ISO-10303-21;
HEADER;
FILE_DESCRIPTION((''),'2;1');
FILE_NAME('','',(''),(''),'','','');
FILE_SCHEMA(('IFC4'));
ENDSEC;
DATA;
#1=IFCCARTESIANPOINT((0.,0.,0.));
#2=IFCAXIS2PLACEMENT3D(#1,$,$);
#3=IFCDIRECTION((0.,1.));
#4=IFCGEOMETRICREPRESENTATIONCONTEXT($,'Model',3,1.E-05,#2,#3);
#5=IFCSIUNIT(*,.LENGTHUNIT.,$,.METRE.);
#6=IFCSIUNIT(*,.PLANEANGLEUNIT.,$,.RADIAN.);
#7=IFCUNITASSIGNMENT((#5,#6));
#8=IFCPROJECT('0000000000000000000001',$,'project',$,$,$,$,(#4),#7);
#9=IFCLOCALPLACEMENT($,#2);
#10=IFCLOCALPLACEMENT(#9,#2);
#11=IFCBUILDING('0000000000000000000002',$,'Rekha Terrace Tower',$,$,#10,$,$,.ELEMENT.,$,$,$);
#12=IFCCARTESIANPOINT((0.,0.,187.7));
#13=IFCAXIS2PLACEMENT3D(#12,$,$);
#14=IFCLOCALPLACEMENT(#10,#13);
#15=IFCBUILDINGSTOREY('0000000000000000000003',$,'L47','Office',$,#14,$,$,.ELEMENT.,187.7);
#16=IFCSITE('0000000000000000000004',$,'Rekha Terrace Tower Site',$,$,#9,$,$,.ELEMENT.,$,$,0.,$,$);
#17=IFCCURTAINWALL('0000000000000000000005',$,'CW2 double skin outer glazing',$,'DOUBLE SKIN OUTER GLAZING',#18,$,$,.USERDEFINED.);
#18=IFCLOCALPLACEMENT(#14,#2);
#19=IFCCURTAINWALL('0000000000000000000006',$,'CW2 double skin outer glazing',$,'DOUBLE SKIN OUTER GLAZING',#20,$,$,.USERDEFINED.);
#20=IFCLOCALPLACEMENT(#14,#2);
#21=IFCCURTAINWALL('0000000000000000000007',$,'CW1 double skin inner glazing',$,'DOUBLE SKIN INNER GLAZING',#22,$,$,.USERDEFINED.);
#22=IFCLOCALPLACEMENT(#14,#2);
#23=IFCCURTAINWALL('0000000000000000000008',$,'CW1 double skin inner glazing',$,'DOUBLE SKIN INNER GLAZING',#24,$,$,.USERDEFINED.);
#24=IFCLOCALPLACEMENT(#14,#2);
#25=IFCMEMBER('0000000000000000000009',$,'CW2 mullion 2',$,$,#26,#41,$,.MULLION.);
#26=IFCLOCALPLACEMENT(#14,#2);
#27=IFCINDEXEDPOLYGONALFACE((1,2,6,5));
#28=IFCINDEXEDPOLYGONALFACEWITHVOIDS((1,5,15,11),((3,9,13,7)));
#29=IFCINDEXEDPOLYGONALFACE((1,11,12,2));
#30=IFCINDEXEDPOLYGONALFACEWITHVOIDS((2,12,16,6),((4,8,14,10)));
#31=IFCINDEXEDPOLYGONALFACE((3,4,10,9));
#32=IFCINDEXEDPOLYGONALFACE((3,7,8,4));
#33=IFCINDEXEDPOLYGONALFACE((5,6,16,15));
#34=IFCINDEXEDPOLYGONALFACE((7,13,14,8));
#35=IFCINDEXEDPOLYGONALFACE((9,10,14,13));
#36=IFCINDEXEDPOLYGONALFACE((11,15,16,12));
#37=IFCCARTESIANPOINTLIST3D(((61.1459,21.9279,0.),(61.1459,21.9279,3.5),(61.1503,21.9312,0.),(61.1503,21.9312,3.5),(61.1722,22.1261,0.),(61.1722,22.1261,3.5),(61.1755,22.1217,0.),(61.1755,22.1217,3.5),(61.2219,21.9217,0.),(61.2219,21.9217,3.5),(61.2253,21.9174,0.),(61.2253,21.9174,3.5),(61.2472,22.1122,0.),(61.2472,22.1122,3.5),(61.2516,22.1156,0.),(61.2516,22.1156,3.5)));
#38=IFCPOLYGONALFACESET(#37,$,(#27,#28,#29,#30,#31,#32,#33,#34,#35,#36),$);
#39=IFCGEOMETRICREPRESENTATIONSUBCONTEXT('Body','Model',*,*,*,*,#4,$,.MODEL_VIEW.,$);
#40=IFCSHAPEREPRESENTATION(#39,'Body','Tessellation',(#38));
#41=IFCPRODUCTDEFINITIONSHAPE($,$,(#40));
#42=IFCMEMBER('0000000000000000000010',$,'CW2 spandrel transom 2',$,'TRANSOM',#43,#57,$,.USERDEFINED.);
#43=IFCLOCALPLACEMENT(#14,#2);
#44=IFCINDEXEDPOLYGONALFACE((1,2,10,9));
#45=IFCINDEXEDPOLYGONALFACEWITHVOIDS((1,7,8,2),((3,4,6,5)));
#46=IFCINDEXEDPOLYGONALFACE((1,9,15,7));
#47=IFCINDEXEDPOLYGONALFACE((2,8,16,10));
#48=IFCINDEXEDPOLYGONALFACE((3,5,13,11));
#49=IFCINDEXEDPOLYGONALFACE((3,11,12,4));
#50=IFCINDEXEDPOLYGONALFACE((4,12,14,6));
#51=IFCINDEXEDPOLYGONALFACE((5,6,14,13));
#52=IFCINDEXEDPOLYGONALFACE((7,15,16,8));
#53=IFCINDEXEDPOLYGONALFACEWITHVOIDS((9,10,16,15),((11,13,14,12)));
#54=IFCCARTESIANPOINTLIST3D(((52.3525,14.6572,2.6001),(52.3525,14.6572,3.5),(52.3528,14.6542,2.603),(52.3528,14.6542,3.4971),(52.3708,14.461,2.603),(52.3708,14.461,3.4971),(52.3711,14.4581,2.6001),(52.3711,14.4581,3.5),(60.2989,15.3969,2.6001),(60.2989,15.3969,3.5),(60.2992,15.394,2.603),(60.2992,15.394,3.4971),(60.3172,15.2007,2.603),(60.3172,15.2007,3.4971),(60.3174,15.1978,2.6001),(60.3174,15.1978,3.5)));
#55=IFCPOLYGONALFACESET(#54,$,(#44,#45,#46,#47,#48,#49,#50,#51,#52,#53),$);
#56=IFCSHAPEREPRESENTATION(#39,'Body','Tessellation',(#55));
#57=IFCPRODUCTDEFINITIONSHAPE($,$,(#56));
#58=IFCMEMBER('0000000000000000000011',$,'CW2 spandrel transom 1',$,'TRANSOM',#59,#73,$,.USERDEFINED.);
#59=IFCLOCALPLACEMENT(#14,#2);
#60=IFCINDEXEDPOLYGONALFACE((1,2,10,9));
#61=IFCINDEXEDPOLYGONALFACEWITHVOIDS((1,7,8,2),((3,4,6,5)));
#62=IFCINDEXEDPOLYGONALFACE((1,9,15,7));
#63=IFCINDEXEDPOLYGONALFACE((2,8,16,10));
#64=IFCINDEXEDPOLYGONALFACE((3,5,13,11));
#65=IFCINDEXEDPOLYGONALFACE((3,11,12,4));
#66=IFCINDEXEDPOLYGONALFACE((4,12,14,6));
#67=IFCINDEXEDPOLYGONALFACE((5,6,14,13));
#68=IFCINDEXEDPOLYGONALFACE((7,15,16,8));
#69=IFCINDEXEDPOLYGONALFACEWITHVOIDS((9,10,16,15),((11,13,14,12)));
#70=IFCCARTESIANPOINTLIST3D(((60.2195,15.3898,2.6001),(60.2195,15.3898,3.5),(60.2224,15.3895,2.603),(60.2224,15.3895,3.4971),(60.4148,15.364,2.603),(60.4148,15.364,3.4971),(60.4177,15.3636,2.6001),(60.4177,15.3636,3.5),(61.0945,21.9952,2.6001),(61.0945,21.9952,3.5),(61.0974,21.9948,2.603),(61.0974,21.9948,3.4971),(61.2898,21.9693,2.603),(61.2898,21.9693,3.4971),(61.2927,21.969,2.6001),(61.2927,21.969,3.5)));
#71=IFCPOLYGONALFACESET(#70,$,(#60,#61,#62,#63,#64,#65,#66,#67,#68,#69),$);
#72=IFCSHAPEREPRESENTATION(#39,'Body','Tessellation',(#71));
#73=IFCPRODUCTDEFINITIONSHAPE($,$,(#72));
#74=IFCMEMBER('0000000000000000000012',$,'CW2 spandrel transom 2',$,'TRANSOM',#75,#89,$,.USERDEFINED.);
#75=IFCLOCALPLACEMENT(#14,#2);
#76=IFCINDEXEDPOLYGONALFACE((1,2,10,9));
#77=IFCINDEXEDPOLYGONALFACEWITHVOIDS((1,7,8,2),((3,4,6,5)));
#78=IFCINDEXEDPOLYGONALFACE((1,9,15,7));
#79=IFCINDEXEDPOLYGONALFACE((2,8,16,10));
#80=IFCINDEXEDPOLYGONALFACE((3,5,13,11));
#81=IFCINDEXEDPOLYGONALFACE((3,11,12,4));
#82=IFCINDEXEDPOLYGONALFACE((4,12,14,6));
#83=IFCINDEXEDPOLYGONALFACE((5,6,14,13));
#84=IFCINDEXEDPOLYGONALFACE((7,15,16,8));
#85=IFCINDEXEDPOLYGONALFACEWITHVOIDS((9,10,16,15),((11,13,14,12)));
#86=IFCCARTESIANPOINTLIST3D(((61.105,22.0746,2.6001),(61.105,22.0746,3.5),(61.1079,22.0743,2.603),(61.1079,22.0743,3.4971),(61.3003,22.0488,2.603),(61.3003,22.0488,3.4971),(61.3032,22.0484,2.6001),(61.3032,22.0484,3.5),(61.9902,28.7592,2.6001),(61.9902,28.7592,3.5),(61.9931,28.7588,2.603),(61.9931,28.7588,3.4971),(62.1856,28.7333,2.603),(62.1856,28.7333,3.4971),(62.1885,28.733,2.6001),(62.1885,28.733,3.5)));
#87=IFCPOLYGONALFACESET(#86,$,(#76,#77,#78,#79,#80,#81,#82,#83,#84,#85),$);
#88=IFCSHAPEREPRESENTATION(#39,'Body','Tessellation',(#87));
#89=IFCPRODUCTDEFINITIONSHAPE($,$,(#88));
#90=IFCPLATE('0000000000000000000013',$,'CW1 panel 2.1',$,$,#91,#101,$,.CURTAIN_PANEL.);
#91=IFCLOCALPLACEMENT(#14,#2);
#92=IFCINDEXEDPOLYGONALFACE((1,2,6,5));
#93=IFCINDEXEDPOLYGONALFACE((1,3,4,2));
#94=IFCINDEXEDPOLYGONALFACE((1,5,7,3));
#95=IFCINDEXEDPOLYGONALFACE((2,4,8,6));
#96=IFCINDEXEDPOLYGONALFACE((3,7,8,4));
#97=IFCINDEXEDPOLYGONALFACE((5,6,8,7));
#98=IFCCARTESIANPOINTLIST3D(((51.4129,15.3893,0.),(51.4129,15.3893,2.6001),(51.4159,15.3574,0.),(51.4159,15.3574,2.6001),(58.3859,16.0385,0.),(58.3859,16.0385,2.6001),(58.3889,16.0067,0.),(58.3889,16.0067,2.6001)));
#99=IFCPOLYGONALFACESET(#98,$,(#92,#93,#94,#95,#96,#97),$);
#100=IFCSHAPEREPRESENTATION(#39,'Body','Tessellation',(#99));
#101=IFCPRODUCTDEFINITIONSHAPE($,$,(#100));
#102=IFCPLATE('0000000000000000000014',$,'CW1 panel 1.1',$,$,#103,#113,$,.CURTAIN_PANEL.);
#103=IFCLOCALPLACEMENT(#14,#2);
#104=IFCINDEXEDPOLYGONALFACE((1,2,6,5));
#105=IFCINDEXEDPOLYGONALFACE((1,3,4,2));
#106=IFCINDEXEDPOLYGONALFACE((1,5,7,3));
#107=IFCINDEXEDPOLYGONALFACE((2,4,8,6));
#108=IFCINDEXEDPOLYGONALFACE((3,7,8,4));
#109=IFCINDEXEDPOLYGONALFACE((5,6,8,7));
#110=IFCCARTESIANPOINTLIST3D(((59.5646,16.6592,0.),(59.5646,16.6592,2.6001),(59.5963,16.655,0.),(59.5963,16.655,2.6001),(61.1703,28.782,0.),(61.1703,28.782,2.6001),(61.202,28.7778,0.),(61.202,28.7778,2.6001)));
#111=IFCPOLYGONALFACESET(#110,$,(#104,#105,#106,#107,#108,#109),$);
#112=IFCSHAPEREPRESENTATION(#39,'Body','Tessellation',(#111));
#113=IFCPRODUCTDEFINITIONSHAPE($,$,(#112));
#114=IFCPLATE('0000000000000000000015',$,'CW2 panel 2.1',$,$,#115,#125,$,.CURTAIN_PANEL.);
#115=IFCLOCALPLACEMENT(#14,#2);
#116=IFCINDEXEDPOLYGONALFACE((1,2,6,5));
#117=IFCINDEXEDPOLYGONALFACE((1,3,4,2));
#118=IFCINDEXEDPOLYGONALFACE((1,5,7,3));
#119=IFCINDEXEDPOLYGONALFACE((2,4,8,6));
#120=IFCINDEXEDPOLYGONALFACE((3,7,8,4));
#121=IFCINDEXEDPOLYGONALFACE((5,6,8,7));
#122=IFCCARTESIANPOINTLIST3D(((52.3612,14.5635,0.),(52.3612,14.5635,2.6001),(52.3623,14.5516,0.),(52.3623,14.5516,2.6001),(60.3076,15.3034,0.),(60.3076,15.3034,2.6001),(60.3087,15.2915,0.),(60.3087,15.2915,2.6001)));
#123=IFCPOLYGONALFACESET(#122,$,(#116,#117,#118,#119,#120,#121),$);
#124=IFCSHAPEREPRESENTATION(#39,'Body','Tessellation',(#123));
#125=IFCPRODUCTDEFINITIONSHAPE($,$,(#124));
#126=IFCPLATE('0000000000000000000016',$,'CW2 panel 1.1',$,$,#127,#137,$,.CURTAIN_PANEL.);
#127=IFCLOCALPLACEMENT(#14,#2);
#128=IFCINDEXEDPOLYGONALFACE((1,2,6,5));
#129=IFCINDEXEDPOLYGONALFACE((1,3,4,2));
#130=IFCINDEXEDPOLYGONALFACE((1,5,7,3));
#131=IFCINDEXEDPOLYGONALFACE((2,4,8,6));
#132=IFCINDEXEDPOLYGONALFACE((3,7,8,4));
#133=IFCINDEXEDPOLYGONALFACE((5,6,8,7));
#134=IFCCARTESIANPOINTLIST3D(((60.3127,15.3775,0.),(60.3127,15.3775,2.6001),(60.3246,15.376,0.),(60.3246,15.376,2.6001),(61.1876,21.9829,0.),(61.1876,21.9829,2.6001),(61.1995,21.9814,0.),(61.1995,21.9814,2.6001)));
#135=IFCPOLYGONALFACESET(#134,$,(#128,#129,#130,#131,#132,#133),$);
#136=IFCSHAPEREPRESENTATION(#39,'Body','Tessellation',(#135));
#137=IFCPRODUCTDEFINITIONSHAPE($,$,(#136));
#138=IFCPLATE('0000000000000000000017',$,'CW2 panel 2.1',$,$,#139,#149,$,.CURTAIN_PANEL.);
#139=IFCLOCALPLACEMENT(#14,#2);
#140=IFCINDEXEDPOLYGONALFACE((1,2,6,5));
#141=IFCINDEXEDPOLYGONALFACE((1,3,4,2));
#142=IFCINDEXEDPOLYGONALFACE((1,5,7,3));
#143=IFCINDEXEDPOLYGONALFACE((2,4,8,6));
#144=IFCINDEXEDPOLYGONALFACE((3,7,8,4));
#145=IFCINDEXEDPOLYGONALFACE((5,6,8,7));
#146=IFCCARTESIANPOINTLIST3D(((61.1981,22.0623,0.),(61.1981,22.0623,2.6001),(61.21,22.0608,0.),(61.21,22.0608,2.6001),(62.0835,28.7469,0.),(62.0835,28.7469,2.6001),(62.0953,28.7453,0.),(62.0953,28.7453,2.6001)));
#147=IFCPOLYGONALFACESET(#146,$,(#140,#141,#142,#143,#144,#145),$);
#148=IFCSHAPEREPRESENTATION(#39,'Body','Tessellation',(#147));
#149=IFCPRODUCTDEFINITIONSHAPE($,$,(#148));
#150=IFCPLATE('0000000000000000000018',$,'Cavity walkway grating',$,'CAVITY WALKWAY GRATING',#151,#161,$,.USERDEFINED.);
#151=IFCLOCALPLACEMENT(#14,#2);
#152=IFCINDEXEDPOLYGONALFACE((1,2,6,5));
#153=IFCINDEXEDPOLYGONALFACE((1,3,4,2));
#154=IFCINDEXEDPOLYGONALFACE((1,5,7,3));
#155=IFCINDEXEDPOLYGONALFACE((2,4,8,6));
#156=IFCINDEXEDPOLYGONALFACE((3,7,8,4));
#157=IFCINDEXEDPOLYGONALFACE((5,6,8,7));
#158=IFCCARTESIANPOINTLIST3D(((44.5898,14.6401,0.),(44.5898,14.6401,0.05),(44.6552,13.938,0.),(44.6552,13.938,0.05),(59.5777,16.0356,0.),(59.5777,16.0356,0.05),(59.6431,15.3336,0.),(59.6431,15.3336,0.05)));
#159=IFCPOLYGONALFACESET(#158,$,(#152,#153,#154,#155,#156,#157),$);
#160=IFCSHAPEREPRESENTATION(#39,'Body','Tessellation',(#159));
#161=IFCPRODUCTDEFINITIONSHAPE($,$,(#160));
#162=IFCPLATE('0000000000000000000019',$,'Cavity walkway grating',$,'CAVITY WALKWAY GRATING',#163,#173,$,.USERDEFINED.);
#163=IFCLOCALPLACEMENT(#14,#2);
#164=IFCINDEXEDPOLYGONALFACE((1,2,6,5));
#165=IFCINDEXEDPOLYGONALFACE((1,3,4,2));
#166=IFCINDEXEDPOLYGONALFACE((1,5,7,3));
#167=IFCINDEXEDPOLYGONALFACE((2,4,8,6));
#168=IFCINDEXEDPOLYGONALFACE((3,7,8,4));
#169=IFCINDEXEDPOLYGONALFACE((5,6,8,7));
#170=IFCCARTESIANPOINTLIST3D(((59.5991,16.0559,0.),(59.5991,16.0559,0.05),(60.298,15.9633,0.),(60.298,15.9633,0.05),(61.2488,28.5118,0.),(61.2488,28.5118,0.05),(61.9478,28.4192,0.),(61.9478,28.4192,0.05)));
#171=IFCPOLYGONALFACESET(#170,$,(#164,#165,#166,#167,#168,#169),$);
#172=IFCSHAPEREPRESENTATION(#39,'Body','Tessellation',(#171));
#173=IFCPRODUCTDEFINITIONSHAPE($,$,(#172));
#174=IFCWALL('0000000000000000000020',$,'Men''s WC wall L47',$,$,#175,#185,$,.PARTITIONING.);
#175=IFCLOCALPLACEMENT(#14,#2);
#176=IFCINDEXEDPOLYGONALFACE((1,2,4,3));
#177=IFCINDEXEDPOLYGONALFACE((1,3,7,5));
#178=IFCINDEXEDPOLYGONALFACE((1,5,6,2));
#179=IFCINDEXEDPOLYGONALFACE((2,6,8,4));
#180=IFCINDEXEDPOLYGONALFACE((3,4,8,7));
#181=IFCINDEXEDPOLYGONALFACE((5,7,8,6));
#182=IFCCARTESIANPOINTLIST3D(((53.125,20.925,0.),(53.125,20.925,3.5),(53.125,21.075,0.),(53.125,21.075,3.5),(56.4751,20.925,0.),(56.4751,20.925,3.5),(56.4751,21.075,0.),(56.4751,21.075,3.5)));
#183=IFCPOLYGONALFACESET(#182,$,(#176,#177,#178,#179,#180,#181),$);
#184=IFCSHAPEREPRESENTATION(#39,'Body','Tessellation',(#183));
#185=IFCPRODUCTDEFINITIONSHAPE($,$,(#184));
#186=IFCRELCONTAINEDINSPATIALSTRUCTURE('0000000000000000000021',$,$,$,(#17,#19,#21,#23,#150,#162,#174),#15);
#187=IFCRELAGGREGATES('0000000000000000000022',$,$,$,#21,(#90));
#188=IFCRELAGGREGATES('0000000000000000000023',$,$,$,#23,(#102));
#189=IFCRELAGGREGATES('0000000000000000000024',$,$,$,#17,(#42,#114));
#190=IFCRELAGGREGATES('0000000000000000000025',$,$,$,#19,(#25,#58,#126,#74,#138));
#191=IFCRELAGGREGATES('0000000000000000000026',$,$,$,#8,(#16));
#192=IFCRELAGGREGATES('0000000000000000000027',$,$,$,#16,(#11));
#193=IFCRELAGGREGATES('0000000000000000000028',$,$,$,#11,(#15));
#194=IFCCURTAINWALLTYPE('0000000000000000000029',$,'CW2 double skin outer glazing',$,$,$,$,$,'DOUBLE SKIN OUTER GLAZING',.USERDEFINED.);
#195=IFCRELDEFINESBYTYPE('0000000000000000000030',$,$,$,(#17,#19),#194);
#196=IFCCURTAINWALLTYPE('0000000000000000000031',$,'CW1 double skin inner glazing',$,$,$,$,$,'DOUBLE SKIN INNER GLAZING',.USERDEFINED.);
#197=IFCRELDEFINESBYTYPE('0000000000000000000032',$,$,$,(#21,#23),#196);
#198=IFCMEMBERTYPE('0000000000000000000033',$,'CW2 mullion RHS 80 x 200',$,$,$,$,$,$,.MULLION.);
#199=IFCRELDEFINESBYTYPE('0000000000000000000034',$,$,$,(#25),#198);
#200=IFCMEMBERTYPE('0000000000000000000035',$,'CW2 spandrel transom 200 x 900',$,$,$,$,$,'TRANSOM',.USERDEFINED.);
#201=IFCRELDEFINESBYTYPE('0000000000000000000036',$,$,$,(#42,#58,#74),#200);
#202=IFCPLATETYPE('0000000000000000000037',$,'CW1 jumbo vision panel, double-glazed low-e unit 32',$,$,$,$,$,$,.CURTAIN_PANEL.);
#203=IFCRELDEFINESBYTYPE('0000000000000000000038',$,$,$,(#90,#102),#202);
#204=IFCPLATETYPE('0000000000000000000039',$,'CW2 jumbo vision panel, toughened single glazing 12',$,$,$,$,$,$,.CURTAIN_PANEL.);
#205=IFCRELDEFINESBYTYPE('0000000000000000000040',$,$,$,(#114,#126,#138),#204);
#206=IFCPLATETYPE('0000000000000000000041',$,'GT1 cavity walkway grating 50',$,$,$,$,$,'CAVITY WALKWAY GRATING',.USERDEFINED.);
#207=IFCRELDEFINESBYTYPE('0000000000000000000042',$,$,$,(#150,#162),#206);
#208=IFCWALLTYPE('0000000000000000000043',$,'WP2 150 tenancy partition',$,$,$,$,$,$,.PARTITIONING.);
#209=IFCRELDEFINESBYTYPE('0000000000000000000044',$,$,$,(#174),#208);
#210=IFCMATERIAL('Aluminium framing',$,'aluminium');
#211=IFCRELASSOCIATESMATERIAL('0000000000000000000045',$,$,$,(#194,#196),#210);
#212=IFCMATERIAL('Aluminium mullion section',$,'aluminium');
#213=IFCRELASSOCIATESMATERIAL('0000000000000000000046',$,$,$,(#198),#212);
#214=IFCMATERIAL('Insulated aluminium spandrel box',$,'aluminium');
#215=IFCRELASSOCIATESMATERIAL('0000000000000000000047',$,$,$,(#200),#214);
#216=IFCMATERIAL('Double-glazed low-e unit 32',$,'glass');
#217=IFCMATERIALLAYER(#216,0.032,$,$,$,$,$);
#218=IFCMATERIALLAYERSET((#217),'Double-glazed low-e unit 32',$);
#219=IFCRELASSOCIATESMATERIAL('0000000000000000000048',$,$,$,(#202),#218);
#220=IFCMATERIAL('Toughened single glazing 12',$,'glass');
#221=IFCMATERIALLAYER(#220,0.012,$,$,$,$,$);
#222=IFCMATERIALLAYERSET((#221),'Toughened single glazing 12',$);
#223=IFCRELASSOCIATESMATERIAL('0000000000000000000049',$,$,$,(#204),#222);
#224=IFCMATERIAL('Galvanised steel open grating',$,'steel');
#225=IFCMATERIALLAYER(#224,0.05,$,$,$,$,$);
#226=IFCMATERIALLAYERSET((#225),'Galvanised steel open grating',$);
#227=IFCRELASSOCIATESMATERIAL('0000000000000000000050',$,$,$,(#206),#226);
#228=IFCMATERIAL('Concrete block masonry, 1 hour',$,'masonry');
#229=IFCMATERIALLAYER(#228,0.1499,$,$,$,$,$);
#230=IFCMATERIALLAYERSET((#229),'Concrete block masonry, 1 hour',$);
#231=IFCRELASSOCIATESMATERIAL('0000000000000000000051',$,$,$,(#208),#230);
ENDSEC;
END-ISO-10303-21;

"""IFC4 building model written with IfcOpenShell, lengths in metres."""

from ifc_helpers import new_model, si_unit, direction, frame, frame_2d, origin, origin_2d, place, context, subcontext, project, spatial, rectangle, hollow_rectangle, extrude, material, layer, layer_set, material_profile, profile_set, type_object, element, aggregate, save


model = new_model("IFC4")

# Units and contexts
model_context = context("Model", 3, precision=1e-05, world=origin(), true_north=direction((0.0, 1.0)))
body_context = subcontext(model_context, "Body", "Model", "MODEL_VIEW")
ifc_project = project(units=[si_unit("LENGTHUNIT", "METRE"), si_unit("PLANEANGLEUNIT", "RADIAN")], contexts=[model_context])

# Site, building, storey
site_placement = place(None, origin())
site = spatial("IfcSite", under=ifc_project, at=site_placement, Name="Rekha Terrace Tower Site", CompositionType="ELEMENT", RefElevation=0.0)
building_placement = place(site_placement, origin())
building = spatial("IfcBuilding", under=site, at=building_placement, Name="Rekha Terrace Tower", CompositionType="ELEMENT")
storey_placement = place(building_placement, frame((0.0, 0.0, 187.7)))
storey = spatial("IfcBuildingStorey", under=building, at=storey_placement, Name="L47", Description="Office", CompositionType="ELEMENT", Elevation=187.7)

# Curtain walls
ifc_material_1 = material(Name="Aluminium framing", Category="aluminium")
curtain_wall_type_1 = type_object("IfcCurtainWallType", Name="CW2 double skin outer glazing", ElementType="DOUBLE SKIN OUTER GLAZING", PredefinedType="USERDEFINED", material=ifc_material_1)
curtain_wall_1_placement = place(storey_placement, origin())
curtain_wall_1 = element("IfcCurtainWall", 1, at=curtain_wall_1_placement, inside=storey, type_object=curtain_wall_type_1, Name="CW2 double skin outer glazing", ObjectType="DOUBLE SKIN OUTER GLAZING", PredefinedType="USERDEFINED")
curtain_wall_2_placement = place(storey_placement, origin())
curtain_wall_2 = element("IfcCurtainWall", 2, at=curtain_wall_2_placement, inside=storey, type_object=curtain_wall_type_1, Name="CW2 double skin outer glazing", ObjectType="DOUBLE SKIN OUTER GLAZING", PredefinedType="USERDEFINED")

# Curtain wall
curtain_wall_type_2 = type_object("IfcCurtainWallType", Name="CW1 double skin inner glazing", ElementType="DOUBLE SKIN INNER GLAZING", PredefinedType="USERDEFINED", material=ifc_material_1)
curtain_wall_3_placement = place(storey_placement, origin())
curtain_wall_3 = element("IfcCurtainWall", 3, at=curtain_wall_3_placement, inside=storey, type_object=curtain_wall_type_2, Name="CW1 double skin inner glazing", ObjectType="DOUBLE SKIN INNER GLAZING", PredefinedType="USERDEFINED")
ifc_material_2 = material(Name="Aluminium mullion section", Category="aluminium")

# Curtain wall
curtain_wall_4_placement = place(storey_placement, origin())
curtain_wall_4 = element("IfcCurtainWall", 4, at=curtain_wall_4_placement, inside=storey, type_object=curtain_wall_type_2, Name="CW1 double skin inner glazing", ObjectType="DOUBLE SKIN INNER GLAZING", PredefinedType="USERDEFINED")

# Members
ifc_material_3 = material(Name="Insulated aluminium spandrel box", Category="aluminium")
ifc_material_profile_1 = material_profile(ifc_material_2, hollow_rectangle(XDim=0.0801, YDim=0.2, WallThickness=0.0039, at=origin_2d()), Name="AL RHS 80x200")
ifc_profile_set_1 = profile_set([ifc_material_profile_1], Name="Aluminium mullion section")
member_type_1 = type_object("IfcMemberType", Name="CW2 mullion RHS 80 x 200", PredefinedType="MULLION", material=ifc_profile_set_1)
member_1_placement = place(storey_placement, frame((61.1987, 22.0217, 0.0), z_axis=(0.0, 0.0, 1.0), x_axis=(-0.991342, 0.131304, 0.0)))
member_1 = element("IfcMember", 5, at=member_1_placement, type_object=member_type_1, Name="CW2 mullion 2", PredefinedType="MULLION", context=body_context, shape_type="SweptSolid", body=[
    extrude(hollow_rectangle(XDim=0.0801, YDim=0.2, WallThickness=0.0039, at=origin_2d()), origin(), (0.0, 0.0, 1.0), 3.5),
])
ifc_material_profile_2 = material_profile(ifc_material_3, hollow_rectangle(XDim=0.2, YDim=0.8999, WallThickness=0.0029, at=origin_2d()), Name="AL SPANDREL BOX 200x900")
ifc_profile_set_2 = profile_set([ifc_material_profile_2], Name="Insulated aluminium spandrel box")
member_type_2 = type_object("IfcMemberType", Name="CW2 spandrel transom 200 x 900", ElementType="TRANSOM", PredefinedType="USERDEFINED", material=ifc_profile_set_2)
member_2_placement = place(storey_placement, frame((52.3618, 14.5576, 3.05), z_axis=(0.995695, 0.092692, 0.0), x_axis=(-0.092692, 0.995695, 0.0)))
member_2 = element("IfcMember", 6, at=member_2_placement, type_object=member_type_2, Name="CW2 spandrel transom 2", ObjectType="TRANSOM", PredefinedType="USERDEFINED", context=body_context, shape_type="SweptSolid", body=[
    extrude(hollow_rectangle(XDim=0.2, YDim=0.8999, WallThickness=0.0029, at=origin_2d()), origin(), (0.0, 0.0, 1.0), 7.9807),
])
member_3_placement = place(storey_placement, frame((60.3186, 15.3767, 3.05), z_axis=(0.131319, 0.99134, 0.0), x_axis=(-0.99134, 0.131319, 0.0)))
member_3 = element("IfcMember", 7, at=member_3_placement, type_object=member_type_2, Name="CW2 spandrel transom 1", ObjectType="TRANSOM", PredefinedType="USERDEFINED", context=body_context, shape_type="SweptSolid", body=[
    extrude(hollow_rectangle(XDim=0.2, YDim=0.8999, WallThickness=0.0029, at=origin_2d()), origin(), (0.0, 0.0, 1.0), 6.6631),
])
member_4_placement = place(storey_placement, frame((61.2041, 22.0615, 3.05), z_axis=(0.131286, 0.991345, 0.0), x_axis=(-0.991345, 0.131286, 0.0)))
member_4 = element("IfcMember", 8, at=member_4_placement, type_object=member_type_2, Name="CW2 spandrel transom 2", ObjectType="TRANSOM", PredefinedType="USERDEFINED", context=body_context, shape_type="SweptSolid", body=[
    extrude(hollow_rectangle(XDim=0.2, YDim=0.8999, WallThickness=0.0029, at=origin_2d()), origin(), (0.0, 0.0, 1.0), 6.7429),
])

# Plates
ifc_material_4 = material(Name="Double-glazed low-e unit 32", Category="glass")
ifc_layer_1 = layer(ifc_material_4, 0.032)
ifc_layer_set_1 = layer_set([ifc_layer_1], Name="Double-glazed low-e unit 32")
plate_type_1 = type_object("IfcPlateType", Name="CW1 jumbo vision panel, double-glazed low-e unit 32", PredefinedType="CURTAIN_PANEL", material=ifc_layer_set_1)
plate_1_placement = place(storey_placement, frame((54.9009, 15.698, 0.0), z_axis=(0.0, 0.0, 1.0), x_axis=(0.995693, 0.092709, 0.0)))
plate_1 = element("IfcPlate", 9, at=plate_1_placement, type_object=plate_type_1, Name="CW1 panel 2.1", PredefinedType="CURTAIN_PANEL", context=body_context, shape_type="SweptSolid", body=[
    extrude(rectangle(XDim=7.0032, YDim=0.032, at=origin_2d()), origin(), (0.0, 0.0, 1.0), 2.6001),
])
aggregate(curtain_wall_3, [plate_1])
plate_2_placement = place(storey_placement, frame((60.3833, 22.7185, 0.0), z_axis=(0.0, 0.0, 1.0), x_axis=(0.131304, 0.991342, 0.0)))
plate_2 = element("IfcPlate", 10, at=plate_2_placement, type_object=plate_type_1, Name="CW1 panel 1.1", PredefinedType="CURTAIN_PANEL", context=body_context, shape_type="SweptSolid", body=[
    extrude(rectangle(XDim=12.2288, YDim=0.032, at=origin_2d()), origin(), (0.0, 0.0, 1.0), 2.6001),
])
aggregate(curtain_wall_4, [plate_2])
ifc_material_5 = material(Name="Toughened single glazing 12", Category="glass")
ifc_layer_2 = layer(ifc_material_5, 0.012)
ifc_layer_set_2 = layer_set([ifc_layer_2], Name="Toughened single glazing 12")
plate_type_2 = type_object("IfcPlateType", Name="CW2 jumbo vision panel, toughened single glazing 12", PredefinedType="CURTAIN_PANEL", material=ifc_layer_set_2)
plate_3_placement = place(storey_placement, frame((56.335, 14.9275, 0.0), z_axis=(0.0, 0.0, 1.0), x_axis=(0.995693, 0.092709, 0.0)))
plate_3 = element("IfcPlate", 11, at=plate_3_placement, type_object=plate_type_2, Name="CW2 panel 2.1", PredefinedType="CURTAIN_PANEL", context=body_context, shape_type="SweptSolid", body=[
    extrude(rectangle(XDim=7.9807, YDim=0.012, at=origin_2d()), origin(), (0.0, 0.0, 1.0), 2.6001),
])
aggregate(curtain_wall_1, [member_2, plate_3])
plate_4_placement = place(storey_placement, frame((60.7561, 18.6794, 0.0), z_axis=(0.0, 0.0, 1.0), x_axis=(0.131304, 0.991342, 0.0)))
plate_4 = element("IfcPlate", 12, at=plate_4_placement, type_object=plate_type_2, Name="CW2 panel 1.1", PredefinedType="CURTAIN_PANEL", context=body_context, shape_type="SweptSolid", body=[
    extrude(rectangle(XDim=6.6631, YDim=0.012, at=origin_2d()), origin(), (0.0, 0.0, 1.0), 2.6001),
])
plate_5_placement = place(storey_placement, frame((61.6467, 25.4038, 0.0), z_axis=(0.0, 0.0, 1.0), x_axis=(0.131304, 0.991342, 0.0)))
plate_5 = element("IfcPlate", 13, at=plate_5_placement, type_object=plate_type_2, Name="CW2 panel 2.1", PredefinedType="CURTAIN_PANEL", context=body_context, shape_type="SweptSolid", body=[
    extrude(rectangle(XDim=6.7429, YDim=0.012, at=origin_2d()), origin(), (0.0, 0.0, 1.0), 2.6001),
])
aggregate(curtain_wall_2, [member_1, member_3, plate_4, member_4, plate_5])

# Plates
ifc_material_6 = material(Name="Galvanised steel open grating", Category="steel")
ifc_layer_3 = layer(ifc_material_6, 0.05)
ifc_layer_set_3 = layer_set([ifc_layer_3], Name="Galvanised steel open grating")
plate_type_3 = type_object("IfcPlateType", Name="GT1 cavity walkway grating 50", ElementType="CAVITY WALKWAY GRATING", PredefinedType="USERDEFINED", material=ifc_layer_set_3)
plate_6_placement = place(storey_placement, frame((52.1165, 14.9868, 0.0), z_axis=(0.0, 0.0, 1.0), x_axis=(0.995693, 0.092709, 0.0)))
element("IfcPlate", 14, at=plate_6_placement, inside=storey, type_object=plate_type_3, Name="Cavity walkway grating", ObjectType="CAVITY WALKWAY GRATING", PredefinedType="USERDEFINED", context=body_context, shape_type="SweptSolid", body=[
    extrude(rectangle(XDim=15.0527, YDim=0.7051, at=origin_2d()), origin(), (0.0, 0.0, 1.0), 0.05),
])
plate_7_placement = place(storey_placement, frame((60.7734, 22.2375, 0.0), z_axis=(0.0, 0.0, 1.0), x_axis=(0.131304, 0.991342, 0.0)))
element("IfcPlate", 15, at=plate_7_placement, inside=storey, type_object=plate_type_3, Name="Cavity walkway grating", ObjectType="CAVITY WALKWAY GRATING", PredefinedType="USERDEFINED", context=body_context, shape_type="SweptSolid", body=[
    extrude(rectangle(XDim=12.5647, YDim=0.7051, at=origin_2d()), origin(), (0.0, 0.0, 1.0), 0.05),
])

# Wall
ifc_material_7 = material(Name="Concrete block masonry, 1 hour", Category="masonry")
ifc_layer_4 = layer(ifc_material_7, 0.1499)
ifc_layer_set_4 = layer_set([ifc_layer_4], Name="Concrete block masonry, 1 hour")
wall_type_1 = type_object("IfcWallType", Name="WP2 150 tenancy partition", PredefinedType="PARTITIONING", material=ifc_layer_set_4)
wall_1_placement = place(storey_placement, frame((53.125, 21.0, 0.0), z_axis=(0.0, 0.0, 1.0), x_axis=(1.0, 0.0, 0.0)))
element("IfcWall", 16, at=wall_1_placement, inside=storey, type_object=wall_type_1, Name="Men's WC wall L47", PredefinedType="PARTITIONING", context=body_context, shape_type="SweptSolid", body=[
    extrude(rectangle(XDim=3.3501, YDim=0.1499, at=frame_2d((1.675, 0.0))), origin(), (0.0, 0.0, 1.0), 3.5),
])

save(model, "model.ifc")
